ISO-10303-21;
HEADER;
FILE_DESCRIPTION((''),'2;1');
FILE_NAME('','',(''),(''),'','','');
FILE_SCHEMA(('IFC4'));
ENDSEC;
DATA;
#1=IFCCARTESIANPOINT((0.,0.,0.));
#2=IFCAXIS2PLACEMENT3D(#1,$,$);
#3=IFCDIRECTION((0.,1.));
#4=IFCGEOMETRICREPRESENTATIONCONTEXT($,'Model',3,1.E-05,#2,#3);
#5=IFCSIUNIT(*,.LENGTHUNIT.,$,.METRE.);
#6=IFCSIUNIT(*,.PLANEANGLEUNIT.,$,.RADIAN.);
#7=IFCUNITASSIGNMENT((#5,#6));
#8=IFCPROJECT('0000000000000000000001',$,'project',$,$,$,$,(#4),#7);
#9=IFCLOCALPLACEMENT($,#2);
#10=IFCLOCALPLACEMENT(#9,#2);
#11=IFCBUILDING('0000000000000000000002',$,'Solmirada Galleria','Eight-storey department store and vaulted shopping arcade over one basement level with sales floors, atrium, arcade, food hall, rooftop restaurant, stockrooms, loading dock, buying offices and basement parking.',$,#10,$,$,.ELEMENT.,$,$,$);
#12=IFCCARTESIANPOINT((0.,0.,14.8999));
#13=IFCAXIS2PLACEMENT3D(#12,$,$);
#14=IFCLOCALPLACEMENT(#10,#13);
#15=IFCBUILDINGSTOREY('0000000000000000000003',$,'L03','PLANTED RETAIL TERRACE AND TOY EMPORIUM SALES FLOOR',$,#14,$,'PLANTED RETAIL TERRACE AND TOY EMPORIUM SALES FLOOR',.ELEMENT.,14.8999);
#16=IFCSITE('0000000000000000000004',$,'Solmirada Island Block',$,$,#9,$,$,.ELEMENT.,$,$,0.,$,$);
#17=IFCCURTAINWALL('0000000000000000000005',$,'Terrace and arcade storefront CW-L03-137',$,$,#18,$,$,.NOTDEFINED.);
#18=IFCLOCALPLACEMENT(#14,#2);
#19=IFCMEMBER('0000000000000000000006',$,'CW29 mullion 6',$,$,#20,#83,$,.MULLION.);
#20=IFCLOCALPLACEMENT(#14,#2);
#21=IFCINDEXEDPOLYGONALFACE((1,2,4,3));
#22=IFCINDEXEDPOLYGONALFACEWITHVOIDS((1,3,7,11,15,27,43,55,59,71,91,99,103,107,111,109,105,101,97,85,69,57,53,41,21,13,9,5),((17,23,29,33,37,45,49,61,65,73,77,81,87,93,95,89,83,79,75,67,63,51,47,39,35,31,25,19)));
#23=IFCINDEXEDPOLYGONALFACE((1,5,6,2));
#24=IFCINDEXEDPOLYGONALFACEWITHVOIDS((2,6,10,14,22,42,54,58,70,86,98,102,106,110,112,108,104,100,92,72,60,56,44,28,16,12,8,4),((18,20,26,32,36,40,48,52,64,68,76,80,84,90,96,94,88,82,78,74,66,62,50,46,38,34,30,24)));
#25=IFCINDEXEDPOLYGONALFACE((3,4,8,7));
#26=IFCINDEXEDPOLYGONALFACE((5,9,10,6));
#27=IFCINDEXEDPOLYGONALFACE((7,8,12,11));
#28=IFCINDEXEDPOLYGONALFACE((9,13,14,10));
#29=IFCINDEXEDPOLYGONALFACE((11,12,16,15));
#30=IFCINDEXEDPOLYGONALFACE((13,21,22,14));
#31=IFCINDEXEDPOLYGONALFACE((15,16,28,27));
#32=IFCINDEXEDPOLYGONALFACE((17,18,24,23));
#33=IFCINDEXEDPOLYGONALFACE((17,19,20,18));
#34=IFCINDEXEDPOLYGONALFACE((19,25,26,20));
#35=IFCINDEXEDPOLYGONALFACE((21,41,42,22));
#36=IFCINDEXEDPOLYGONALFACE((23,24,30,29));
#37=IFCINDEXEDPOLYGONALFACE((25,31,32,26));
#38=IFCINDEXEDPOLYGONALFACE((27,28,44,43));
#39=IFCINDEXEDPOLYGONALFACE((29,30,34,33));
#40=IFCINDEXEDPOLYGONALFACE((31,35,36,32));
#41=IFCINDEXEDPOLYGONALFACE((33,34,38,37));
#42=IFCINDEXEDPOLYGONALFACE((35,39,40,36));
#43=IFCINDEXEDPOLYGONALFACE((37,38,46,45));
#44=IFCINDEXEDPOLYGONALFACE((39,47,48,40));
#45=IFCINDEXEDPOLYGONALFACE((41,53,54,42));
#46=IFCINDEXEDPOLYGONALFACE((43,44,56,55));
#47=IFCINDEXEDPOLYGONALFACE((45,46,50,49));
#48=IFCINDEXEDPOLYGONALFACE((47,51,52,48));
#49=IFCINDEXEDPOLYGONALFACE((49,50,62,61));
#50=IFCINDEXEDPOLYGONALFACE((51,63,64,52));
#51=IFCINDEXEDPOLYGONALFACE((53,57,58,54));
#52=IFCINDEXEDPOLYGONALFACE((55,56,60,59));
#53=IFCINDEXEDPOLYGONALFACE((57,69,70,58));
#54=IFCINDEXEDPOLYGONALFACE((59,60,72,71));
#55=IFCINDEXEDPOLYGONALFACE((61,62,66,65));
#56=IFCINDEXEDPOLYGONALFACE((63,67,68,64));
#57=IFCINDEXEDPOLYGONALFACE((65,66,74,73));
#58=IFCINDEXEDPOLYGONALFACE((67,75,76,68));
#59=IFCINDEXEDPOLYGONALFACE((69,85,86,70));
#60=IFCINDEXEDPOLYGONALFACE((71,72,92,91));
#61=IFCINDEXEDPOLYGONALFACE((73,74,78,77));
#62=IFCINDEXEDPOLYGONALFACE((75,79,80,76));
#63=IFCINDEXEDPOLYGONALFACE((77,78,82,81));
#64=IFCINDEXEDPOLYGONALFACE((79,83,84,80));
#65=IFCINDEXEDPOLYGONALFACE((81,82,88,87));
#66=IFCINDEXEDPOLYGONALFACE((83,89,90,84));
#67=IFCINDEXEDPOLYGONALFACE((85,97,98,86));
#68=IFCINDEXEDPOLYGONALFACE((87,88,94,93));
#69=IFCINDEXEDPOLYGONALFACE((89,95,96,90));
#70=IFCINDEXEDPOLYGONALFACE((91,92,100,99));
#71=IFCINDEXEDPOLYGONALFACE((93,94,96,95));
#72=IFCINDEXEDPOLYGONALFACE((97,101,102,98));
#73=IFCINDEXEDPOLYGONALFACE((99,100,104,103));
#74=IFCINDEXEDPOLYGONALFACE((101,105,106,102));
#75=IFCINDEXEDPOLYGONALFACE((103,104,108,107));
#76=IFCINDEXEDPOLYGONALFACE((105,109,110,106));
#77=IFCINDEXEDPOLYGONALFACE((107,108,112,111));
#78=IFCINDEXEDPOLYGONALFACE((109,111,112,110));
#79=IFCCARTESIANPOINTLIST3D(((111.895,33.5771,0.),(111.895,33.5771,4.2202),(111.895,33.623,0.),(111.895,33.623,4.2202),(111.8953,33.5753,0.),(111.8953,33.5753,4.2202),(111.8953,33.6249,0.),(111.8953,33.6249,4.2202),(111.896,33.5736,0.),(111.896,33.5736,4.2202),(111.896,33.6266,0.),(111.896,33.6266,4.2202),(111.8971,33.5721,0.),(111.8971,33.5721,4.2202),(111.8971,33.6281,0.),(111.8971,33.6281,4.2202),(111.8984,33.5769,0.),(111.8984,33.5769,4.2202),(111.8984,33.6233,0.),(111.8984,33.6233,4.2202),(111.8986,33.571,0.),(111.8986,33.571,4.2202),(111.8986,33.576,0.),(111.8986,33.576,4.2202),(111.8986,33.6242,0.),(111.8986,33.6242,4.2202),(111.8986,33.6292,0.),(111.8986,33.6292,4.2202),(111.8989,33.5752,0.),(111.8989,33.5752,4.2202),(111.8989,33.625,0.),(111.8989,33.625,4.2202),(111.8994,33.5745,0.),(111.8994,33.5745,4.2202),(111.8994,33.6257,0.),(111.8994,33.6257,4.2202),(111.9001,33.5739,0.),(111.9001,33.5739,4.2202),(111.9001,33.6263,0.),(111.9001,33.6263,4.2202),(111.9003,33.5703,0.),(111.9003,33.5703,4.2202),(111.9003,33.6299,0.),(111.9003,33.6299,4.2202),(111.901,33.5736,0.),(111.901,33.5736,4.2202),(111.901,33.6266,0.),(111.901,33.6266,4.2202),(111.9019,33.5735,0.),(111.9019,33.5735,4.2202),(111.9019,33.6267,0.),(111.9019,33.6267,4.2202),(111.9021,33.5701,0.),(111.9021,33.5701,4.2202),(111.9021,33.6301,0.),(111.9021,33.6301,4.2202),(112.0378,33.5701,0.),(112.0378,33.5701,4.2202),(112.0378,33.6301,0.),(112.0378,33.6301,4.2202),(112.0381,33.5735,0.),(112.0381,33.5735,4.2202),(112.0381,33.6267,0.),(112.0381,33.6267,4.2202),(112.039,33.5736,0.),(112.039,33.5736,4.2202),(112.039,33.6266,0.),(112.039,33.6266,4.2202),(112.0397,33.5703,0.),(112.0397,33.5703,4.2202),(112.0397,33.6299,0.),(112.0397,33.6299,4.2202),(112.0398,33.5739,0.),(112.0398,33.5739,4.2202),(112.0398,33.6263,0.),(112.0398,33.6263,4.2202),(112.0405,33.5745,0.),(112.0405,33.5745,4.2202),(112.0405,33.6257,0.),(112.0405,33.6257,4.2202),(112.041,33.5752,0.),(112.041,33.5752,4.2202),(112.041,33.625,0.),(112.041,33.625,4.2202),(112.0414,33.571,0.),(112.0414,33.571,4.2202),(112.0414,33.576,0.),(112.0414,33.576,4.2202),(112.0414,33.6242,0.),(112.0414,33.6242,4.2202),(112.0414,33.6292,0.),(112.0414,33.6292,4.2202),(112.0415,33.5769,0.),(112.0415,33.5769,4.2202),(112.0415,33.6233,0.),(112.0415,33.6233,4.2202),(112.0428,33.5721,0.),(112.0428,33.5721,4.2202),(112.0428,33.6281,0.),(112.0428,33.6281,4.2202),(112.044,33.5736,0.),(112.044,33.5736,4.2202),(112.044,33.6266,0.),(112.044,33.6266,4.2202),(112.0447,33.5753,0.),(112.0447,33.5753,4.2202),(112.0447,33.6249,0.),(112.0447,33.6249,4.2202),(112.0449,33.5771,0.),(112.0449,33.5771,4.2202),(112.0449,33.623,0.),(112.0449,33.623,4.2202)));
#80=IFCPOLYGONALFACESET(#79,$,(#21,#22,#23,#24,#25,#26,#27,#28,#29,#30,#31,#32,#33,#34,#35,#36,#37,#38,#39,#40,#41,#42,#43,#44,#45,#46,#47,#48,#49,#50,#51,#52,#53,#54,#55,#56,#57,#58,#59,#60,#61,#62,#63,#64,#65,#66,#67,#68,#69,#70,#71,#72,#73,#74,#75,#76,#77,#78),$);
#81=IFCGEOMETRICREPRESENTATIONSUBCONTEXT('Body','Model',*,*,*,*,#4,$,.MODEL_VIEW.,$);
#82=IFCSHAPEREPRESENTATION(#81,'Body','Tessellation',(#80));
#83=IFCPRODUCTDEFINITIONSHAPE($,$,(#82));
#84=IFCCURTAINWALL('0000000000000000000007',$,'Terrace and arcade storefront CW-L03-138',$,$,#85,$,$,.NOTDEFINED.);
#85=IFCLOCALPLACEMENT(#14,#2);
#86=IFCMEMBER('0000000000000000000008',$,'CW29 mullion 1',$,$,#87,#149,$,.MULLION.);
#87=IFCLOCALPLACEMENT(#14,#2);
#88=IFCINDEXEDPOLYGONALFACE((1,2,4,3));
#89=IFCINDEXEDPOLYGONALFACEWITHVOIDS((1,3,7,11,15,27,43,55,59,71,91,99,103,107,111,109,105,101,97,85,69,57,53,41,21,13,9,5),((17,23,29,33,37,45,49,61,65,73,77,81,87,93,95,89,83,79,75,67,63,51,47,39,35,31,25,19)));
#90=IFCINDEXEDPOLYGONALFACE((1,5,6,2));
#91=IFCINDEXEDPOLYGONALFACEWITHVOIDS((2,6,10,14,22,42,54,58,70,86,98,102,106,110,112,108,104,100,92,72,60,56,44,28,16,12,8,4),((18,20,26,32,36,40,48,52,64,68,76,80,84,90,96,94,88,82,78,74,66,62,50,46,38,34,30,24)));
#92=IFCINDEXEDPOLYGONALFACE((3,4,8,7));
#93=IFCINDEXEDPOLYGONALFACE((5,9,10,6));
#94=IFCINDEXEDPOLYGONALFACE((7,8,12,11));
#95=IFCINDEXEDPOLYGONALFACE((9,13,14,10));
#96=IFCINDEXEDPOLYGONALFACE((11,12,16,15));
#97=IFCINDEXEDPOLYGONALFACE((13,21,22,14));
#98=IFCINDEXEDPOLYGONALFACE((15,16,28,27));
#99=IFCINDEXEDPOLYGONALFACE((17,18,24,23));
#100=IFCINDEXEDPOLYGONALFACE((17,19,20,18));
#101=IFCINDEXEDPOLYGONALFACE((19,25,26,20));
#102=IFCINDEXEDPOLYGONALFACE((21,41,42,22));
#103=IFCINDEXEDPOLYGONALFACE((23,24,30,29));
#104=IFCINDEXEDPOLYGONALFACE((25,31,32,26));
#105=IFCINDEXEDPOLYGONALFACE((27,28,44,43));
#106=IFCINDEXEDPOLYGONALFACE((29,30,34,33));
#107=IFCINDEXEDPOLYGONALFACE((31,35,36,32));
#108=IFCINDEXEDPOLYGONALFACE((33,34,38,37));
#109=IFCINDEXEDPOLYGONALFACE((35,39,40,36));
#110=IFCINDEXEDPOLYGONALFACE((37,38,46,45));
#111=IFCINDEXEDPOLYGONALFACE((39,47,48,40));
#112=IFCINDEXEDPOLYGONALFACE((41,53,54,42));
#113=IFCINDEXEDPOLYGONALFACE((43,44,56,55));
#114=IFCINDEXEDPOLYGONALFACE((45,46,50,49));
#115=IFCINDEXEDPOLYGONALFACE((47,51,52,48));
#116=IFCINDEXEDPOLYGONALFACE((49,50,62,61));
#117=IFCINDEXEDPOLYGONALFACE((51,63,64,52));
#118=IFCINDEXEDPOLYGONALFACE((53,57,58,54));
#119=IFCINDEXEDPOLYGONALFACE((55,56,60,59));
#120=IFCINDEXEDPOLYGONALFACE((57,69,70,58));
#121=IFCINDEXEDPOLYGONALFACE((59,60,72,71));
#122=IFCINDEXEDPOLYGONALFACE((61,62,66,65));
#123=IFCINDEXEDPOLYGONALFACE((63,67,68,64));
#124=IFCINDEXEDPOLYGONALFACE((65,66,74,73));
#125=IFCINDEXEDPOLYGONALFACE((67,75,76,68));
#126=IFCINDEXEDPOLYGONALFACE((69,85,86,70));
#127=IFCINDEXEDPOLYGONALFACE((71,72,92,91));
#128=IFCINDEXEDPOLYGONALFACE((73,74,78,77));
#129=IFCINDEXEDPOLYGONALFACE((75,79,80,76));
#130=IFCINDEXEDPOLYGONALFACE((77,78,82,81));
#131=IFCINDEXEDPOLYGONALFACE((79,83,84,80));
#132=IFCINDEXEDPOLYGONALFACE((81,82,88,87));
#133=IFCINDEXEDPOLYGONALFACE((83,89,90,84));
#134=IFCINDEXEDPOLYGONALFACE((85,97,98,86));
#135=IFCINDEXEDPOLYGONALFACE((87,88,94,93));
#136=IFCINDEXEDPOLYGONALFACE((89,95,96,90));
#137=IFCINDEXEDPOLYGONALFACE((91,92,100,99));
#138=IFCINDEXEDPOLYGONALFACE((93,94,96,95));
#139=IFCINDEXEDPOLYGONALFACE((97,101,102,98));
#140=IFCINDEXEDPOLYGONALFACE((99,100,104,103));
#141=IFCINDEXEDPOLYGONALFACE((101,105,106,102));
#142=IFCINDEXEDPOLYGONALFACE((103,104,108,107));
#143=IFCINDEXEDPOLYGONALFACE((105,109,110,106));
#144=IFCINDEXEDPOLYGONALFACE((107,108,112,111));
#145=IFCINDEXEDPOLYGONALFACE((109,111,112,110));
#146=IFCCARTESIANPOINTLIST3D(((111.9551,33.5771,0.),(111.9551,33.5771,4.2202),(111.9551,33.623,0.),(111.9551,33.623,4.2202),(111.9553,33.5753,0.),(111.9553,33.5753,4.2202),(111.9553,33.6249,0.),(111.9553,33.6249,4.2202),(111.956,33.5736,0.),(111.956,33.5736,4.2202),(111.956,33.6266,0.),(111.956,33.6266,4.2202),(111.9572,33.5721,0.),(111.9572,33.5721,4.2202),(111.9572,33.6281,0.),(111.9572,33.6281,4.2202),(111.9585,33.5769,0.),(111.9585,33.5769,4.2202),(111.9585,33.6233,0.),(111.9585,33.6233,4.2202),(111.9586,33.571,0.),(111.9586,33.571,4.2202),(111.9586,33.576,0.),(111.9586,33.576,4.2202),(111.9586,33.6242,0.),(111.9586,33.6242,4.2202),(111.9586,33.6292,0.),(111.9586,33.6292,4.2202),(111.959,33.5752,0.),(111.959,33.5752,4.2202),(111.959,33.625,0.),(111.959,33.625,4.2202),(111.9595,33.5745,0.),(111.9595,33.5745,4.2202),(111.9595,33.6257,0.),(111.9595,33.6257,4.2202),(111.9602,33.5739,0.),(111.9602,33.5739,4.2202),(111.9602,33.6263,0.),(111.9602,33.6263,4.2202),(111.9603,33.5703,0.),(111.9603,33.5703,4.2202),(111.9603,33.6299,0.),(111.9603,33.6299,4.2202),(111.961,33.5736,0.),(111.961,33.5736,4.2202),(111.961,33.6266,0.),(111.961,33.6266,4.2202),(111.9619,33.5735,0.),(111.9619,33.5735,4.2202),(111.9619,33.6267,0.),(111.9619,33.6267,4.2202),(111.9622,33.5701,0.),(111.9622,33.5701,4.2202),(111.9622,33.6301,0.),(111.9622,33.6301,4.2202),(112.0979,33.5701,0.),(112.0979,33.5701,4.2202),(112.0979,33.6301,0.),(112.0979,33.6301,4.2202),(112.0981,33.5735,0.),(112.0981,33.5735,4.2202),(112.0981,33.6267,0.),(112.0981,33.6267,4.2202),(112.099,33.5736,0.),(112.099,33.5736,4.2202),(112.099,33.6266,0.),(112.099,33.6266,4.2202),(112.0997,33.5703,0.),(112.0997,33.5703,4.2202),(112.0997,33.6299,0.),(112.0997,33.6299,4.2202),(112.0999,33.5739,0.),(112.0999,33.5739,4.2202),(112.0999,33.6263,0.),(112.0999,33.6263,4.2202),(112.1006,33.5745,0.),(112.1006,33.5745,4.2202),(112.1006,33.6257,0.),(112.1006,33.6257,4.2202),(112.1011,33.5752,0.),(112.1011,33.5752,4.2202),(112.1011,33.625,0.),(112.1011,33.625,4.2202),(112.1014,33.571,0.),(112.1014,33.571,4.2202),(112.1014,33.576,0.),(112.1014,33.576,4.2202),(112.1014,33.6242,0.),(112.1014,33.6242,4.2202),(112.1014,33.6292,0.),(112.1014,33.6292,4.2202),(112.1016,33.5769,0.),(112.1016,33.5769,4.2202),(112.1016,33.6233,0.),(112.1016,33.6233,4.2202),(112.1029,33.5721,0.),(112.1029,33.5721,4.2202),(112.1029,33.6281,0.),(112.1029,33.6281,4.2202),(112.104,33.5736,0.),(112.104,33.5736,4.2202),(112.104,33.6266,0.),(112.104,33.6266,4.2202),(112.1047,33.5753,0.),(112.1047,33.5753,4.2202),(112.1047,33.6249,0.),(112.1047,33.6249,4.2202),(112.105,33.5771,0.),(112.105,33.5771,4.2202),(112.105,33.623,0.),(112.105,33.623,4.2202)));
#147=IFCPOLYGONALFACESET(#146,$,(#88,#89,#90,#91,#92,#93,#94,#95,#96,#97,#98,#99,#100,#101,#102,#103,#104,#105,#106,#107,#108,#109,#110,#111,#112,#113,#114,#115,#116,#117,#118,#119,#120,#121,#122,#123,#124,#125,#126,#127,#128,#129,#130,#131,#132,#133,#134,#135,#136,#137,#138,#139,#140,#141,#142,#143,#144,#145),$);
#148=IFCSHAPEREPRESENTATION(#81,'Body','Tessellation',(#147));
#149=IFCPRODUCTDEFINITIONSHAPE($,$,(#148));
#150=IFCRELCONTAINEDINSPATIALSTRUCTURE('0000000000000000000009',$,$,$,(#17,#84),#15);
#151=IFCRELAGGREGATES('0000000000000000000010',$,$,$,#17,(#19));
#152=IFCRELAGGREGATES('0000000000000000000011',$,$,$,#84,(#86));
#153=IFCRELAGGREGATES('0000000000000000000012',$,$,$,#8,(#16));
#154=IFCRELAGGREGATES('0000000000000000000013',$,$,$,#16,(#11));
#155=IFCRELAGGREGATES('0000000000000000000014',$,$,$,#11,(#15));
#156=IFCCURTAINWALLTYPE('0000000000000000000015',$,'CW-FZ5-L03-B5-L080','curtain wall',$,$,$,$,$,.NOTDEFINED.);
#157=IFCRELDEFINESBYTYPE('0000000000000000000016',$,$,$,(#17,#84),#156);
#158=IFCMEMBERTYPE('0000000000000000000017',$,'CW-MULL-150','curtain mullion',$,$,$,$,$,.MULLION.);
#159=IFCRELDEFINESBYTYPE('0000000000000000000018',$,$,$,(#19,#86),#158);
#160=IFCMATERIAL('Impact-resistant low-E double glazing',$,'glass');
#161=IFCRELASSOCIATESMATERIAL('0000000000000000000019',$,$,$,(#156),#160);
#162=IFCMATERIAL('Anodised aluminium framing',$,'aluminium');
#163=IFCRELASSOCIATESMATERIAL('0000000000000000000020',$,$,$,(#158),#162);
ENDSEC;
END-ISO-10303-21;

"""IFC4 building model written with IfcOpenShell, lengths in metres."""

from ifc_helpers import new_model, si_unit, direction, frame, origin, origin_2d, place, context, subcontext, project, spatial, hollow_rectangle, extrude, material, material_profile, profile_set, type_object, element, aggregate, save


model = new_model("IFC4")

# Units and contexts
model_context = context("Model", 3, precision=1e-05, world=origin(), true_north=direction((0.0, 1.0)))
body_context = subcontext(model_context, "Body", "Model", "MODEL_VIEW")
ifc_project = project(units=[si_unit("LENGTHUNIT", "METRE"), si_unit("PLANEANGLEUNIT", "RADIAN")], contexts=[model_context])

# Site, building, storey
site_placement = place(None, origin())
site = spatial("IfcSite", under=ifc_project, at=site_placement, Name="Solmirada Island Block", CompositionType="ELEMENT", RefElevation=0.0)
building_placement = place(site_placement, origin())
building = spatial("IfcBuilding", under=site, at=building_placement, Name="Solmirada Galleria", Description="Eight-storey department store and vaulted shopping arcade over one basement level with sales floors, atrium, arcade, food hall, rooftop restaurant, stockrooms, loading dock, buying offices and basement parking.", CompositionType="ELEMENT")
storey_placement = place(building_placement, frame((0.0, 0.0, 14.8999)))
storey = spatial("IfcBuildingStorey", under=building, at=storey_placement, Name="L03", Description="PLANTED RETAIL TERRACE AND TOY EMPORIUM SALES FLOOR", LongName="PLANTED RETAIL TERRACE AND TOY EMPORIUM SALES FLOOR", CompositionType="ELEMENT", Elevation=14.8999)

# Curtain walls, members
ifc_material_1 = material(Name="Impact-resistant low-E double glazing", Category="glass")
curtain_wall_type = type_object("IfcCurtainWallType", Name="CW-FZ5-L03-B5-L080", Description="curtain wall", PredefinedType="NOTDEFINED", material=ifc_material_1)
curtain_wall_1_placement = place(storey_placement, origin())
curtain_wall_1 = element("IfcCurtainWall", 1, at=curtain_wall_1_placement, inside=storey, type_object=curtain_wall_type, Name="Terrace and arcade storefront CW-L03-137", PredefinedType="NOTDEFINED")
ifc_material_2 = material(Name="Anodised aluminium framing", Category="aluminium")
ifc_material_profile_1 = material_profile(ifc_material_2, hollow_rectangle(XDim=0.0601, YDim=0.1499, WallThickness=0.0034, InnerFilletRadius=0.0034, OuterFilletRadius=0.0071, at=origin_2d()), Name="ALU-MULL-150X60")
ifc_profile_set_1 = profile_set([ifc_material_profile_1], Name="Anodised aluminium framing")
member_type_1 = type_object("IfcMemberType", Name="CW-MULL-150", Description="curtain mullion", PredefinedType="MULLION", material=ifc_profile_set_1)
member_1_placement = place(storey_placement, frame((111.97, 33.6001, 0.0), z_axis=(0.0, 0.0, 1.0), x_axis=(0.0, 1.0, 0.0)))
member_1 = element("IfcMember", 2, at=member_1_placement, type_object=member_type_1, Name="CW29 mullion 6", PredefinedType="MULLION", context=body_context, shape_type="SweptSolid", body=[
    extrude(hollow_rectangle(XDim=0.0601, YDim=0.1499, WallThickness=0.0034, InnerFilletRadius=0.0034, OuterFilletRadius=0.0071, at=origin_2d()), origin(), (0.0, 0.0, 1.0), 4.2202),
])
curtain_wall_2_placement = place(storey_placement, origin())
curtain_wall_2 = element("IfcCurtainWall", 3, at=curtain_wall_2_placement, inside=storey, type_object=curtain_wall_type, Name="Terrace and arcade storefront CW-L03-138", PredefinedType="NOTDEFINED")
member_2_placement = place(storey_placement, frame((112.03, 33.6001, 0.0), z_axis=(0.0, 0.0, 1.0), x_axis=(0.0, 1.0, 0.0)))
member_2 = element("IfcMember", 4, at=member_2_placement, type_object=member_type_1, Name="CW29 mullion 1", PredefinedType="MULLION", context=body_context, shape_type="SweptSolid", body=[
    extrude(hollow_rectangle(XDim=0.0601, YDim=0.1499, WallThickness=0.0034, InnerFilletRadius=0.0034, OuterFilletRadius=0.0071, at=origin_2d()), origin(), (0.0, 0.0, 1.0), 4.2202),
])

aggregate(curtain_wall_1, [member_1])
aggregate(curtain_wall_2, [member_2])

save(model, "model.ifc")
